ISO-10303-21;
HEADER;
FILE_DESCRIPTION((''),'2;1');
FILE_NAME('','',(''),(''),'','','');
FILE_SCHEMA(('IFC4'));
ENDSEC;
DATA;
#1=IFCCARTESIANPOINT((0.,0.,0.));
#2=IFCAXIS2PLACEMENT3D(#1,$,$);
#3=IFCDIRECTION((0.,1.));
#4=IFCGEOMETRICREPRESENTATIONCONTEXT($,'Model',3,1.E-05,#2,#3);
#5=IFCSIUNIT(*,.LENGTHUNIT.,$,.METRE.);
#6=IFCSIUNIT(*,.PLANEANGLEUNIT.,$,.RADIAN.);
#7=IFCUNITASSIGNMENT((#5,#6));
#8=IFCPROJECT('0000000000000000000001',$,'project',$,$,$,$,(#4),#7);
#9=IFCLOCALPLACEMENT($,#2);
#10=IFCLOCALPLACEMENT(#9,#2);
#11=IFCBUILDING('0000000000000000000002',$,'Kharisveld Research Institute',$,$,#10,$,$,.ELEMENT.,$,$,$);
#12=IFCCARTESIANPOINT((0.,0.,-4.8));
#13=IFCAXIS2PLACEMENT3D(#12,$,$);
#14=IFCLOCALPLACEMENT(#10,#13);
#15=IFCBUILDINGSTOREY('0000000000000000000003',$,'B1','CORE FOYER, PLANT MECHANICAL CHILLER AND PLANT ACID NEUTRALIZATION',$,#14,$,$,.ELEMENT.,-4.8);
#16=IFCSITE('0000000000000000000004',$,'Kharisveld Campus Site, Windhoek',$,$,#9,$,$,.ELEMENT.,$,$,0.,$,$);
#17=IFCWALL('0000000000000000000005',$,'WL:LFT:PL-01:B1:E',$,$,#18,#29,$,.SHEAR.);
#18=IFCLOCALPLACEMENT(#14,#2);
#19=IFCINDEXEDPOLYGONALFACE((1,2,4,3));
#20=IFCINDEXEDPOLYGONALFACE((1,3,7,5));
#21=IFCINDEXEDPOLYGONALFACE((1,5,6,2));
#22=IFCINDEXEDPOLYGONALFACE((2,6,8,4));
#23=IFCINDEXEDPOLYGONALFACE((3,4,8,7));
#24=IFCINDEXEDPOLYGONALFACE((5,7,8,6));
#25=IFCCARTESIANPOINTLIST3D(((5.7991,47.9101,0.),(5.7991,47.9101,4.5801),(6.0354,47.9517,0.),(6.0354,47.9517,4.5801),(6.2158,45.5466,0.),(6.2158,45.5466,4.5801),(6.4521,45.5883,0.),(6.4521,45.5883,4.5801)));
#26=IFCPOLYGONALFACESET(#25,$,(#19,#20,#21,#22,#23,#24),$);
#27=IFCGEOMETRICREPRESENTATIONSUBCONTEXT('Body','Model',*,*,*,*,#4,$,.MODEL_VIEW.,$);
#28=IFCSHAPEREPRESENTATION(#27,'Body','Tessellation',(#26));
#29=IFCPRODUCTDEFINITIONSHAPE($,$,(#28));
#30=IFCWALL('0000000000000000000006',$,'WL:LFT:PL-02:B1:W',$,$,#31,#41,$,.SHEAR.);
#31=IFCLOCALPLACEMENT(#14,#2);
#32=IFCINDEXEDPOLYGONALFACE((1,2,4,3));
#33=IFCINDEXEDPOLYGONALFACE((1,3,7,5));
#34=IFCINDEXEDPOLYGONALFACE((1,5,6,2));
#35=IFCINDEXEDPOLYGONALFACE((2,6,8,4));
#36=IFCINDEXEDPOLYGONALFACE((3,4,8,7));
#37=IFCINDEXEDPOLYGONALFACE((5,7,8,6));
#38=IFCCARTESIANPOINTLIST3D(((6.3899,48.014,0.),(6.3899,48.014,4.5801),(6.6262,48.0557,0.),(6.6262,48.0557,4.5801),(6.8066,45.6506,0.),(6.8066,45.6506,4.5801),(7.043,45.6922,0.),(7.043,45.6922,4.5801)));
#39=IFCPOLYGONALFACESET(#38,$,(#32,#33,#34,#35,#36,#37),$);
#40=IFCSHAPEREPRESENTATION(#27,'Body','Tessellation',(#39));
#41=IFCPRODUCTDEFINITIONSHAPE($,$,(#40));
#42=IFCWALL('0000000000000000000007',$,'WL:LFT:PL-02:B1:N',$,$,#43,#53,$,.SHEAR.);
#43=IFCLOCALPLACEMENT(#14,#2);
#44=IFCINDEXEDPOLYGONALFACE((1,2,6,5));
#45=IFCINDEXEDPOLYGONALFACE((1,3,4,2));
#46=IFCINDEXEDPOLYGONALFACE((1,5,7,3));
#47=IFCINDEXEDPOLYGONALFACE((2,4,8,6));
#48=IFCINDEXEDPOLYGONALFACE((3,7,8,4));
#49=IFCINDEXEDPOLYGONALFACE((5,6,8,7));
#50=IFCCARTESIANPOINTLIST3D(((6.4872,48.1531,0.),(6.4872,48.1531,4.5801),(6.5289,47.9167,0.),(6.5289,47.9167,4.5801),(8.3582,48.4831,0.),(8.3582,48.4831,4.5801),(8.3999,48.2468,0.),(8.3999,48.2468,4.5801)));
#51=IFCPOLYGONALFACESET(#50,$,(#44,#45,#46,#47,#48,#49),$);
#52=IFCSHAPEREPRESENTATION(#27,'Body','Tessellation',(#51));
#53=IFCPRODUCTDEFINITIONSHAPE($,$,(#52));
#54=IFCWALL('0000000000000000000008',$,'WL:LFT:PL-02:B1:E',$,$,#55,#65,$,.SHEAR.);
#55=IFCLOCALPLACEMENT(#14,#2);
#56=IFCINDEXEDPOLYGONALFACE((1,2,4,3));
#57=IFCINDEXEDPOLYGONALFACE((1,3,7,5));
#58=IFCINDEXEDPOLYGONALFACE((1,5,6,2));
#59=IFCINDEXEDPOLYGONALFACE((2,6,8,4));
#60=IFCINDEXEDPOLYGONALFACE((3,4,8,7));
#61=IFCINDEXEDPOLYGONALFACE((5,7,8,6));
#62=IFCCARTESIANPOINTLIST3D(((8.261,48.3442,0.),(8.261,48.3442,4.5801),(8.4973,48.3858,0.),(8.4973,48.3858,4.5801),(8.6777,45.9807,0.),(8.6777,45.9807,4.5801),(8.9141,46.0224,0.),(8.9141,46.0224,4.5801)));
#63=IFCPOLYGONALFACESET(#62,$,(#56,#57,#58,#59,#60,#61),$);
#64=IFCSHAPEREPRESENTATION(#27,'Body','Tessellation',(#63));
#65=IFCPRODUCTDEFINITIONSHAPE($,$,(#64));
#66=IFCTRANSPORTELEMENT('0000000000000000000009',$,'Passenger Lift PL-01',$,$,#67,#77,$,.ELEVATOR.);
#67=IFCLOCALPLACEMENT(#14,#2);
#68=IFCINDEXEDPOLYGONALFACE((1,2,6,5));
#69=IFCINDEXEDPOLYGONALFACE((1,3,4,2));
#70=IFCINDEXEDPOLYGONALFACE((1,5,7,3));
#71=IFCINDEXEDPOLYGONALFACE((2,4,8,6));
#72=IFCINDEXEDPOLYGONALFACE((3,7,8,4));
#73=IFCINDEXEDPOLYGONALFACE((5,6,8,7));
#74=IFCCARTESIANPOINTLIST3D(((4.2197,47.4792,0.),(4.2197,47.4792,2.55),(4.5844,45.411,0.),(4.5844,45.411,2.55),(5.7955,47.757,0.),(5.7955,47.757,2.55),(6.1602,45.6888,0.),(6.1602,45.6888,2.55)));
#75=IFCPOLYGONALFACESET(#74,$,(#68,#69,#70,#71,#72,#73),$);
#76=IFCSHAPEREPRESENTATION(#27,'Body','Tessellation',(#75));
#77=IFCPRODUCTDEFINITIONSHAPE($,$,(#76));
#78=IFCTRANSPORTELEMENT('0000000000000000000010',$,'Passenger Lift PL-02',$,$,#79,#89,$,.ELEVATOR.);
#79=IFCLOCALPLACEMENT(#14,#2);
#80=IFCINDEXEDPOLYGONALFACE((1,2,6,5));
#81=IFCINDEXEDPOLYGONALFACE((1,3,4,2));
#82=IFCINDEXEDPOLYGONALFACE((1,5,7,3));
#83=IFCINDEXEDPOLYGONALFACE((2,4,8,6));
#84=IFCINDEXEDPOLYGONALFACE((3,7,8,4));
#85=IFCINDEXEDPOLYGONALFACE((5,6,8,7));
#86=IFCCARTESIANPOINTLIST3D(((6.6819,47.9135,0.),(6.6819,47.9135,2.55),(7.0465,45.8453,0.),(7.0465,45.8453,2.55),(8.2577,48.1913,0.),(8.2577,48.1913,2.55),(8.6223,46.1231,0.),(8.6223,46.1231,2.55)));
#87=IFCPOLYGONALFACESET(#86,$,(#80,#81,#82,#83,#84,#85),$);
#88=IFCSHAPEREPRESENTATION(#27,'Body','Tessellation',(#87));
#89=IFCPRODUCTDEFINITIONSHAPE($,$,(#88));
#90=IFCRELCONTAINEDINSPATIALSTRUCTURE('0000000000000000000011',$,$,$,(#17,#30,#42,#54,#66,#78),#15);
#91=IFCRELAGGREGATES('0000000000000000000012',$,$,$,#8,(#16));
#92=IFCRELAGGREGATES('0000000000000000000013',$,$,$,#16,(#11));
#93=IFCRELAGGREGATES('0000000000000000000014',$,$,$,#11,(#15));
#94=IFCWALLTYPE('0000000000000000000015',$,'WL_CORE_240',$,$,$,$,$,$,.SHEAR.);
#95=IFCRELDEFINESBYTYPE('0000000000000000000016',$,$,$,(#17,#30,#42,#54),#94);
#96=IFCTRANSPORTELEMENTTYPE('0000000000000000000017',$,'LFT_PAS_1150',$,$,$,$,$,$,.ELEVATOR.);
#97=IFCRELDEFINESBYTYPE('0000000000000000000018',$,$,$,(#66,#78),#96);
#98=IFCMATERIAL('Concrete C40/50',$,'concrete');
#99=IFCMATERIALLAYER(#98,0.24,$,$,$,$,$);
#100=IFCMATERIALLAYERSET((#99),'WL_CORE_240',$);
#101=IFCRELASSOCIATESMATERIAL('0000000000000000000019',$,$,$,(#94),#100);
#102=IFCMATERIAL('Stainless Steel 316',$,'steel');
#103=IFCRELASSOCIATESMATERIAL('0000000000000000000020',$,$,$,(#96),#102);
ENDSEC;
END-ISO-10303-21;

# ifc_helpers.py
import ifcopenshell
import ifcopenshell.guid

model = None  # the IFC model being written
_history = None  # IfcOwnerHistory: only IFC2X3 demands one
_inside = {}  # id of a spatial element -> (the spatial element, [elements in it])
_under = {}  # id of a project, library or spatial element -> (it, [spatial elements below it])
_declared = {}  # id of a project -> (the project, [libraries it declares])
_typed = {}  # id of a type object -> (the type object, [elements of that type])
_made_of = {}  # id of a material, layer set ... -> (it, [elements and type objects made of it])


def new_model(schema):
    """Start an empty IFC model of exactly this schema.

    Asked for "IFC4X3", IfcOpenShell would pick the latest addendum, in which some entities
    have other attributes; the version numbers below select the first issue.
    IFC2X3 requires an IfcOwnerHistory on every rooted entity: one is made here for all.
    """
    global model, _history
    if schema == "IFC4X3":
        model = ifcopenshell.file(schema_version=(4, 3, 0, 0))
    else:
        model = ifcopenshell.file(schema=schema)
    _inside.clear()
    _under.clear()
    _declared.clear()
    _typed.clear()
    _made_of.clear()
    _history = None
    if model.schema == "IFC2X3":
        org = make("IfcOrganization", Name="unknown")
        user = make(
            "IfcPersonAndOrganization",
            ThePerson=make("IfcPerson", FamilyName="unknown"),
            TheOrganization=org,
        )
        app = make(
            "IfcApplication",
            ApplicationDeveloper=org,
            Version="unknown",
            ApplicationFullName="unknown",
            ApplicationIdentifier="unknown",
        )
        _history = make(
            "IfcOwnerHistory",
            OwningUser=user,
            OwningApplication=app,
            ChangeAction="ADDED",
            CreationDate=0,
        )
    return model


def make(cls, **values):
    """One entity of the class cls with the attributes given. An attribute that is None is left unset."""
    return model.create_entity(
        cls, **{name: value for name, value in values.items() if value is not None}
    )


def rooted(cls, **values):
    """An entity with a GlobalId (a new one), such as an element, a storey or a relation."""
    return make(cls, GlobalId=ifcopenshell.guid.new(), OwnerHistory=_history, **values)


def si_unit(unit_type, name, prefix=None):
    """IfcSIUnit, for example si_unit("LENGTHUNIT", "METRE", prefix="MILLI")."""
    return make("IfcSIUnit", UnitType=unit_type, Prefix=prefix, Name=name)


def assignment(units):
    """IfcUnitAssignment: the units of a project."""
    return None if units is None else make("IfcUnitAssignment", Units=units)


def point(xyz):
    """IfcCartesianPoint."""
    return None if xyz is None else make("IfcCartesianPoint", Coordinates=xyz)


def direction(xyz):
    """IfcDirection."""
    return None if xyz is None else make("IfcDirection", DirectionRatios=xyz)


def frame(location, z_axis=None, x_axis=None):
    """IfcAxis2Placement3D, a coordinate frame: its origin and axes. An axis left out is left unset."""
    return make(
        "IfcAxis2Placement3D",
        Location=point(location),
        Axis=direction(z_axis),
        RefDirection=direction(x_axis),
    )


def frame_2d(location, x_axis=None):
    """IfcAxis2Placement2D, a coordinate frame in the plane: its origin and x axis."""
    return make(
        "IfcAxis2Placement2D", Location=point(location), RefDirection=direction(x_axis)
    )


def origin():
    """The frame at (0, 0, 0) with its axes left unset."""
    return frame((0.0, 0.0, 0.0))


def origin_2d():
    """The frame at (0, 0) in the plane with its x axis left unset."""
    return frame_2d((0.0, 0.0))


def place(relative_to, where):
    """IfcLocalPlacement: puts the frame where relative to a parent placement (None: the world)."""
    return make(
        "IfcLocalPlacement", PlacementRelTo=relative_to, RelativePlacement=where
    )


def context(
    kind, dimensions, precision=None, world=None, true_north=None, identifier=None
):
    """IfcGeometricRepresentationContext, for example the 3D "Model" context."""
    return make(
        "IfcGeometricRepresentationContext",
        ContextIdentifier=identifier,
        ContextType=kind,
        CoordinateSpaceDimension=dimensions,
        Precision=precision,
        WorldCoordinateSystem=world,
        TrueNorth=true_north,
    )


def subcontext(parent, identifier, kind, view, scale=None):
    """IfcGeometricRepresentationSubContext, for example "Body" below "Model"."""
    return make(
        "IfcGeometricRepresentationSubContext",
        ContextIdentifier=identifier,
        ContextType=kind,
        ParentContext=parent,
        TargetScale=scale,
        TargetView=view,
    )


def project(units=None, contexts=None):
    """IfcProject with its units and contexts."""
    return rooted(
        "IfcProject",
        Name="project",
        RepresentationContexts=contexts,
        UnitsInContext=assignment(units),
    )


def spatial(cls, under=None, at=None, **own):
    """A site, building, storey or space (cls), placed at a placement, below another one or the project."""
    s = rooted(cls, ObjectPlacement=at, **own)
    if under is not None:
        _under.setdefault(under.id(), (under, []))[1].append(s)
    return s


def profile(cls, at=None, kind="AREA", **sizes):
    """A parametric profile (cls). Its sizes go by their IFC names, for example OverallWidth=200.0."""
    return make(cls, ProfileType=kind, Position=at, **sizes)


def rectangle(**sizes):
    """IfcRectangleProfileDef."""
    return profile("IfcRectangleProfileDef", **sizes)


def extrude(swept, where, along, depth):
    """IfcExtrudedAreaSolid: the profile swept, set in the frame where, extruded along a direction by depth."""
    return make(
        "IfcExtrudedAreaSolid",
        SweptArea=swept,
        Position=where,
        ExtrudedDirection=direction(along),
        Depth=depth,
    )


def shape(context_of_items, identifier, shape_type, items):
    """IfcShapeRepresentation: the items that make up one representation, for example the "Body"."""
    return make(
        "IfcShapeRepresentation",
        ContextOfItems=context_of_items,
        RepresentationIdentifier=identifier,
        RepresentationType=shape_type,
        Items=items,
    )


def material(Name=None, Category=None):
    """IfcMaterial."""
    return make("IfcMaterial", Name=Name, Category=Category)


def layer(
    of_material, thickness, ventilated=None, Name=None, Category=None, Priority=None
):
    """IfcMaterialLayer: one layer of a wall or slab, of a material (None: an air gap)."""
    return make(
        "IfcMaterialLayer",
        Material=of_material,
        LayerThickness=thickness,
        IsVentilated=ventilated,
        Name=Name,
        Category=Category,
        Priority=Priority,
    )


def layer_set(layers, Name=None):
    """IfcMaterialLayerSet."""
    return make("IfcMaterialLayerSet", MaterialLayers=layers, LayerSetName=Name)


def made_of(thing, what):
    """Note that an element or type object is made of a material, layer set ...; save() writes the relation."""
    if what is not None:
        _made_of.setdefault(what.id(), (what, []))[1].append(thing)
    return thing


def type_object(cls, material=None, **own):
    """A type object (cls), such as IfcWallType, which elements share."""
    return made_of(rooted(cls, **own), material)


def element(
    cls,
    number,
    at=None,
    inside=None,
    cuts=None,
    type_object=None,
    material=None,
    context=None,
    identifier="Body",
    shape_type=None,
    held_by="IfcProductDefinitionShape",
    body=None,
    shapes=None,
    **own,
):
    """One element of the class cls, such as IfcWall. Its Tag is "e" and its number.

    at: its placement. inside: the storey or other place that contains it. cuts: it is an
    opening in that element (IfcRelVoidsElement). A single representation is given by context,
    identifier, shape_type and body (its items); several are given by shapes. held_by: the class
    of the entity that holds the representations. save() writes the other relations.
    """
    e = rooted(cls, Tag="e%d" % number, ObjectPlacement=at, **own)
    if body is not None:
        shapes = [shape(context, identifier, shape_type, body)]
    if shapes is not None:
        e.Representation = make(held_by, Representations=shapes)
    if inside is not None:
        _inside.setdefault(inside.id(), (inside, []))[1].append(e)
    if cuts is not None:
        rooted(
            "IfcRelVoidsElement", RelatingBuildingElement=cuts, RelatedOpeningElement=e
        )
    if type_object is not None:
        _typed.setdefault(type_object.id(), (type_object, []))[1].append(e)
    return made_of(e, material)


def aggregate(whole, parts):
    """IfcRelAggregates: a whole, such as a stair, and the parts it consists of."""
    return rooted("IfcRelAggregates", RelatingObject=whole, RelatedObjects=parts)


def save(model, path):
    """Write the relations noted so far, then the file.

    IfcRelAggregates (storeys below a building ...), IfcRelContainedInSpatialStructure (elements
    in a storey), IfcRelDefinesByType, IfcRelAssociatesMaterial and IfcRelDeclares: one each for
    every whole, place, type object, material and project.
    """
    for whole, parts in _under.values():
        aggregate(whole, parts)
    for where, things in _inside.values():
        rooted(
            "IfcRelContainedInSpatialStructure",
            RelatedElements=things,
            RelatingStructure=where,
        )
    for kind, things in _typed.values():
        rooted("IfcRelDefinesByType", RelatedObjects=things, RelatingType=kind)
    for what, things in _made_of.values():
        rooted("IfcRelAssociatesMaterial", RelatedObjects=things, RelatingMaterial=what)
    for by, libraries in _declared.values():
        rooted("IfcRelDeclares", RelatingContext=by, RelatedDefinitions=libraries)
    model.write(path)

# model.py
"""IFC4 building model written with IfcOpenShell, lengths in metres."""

from ifc_helpers import new_model, si_unit, direction, frame, frame_2d, origin, origin_2d, place, context, subcontext, project, spatial, rectangle, extrude, material, layer, layer_set, type_object, element, save


model = new_model("IFC4")

# Units and contexts
model_context = context("Model", 3, precision=1e-05, world=origin(), true_north=direction((0.0, 1.0)))
body_context = subcontext(model_context, "Body", "Model", "MODEL_VIEW")
ifc_project = project(units=[si_unit("LENGTHUNIT", "METRE"), si_unit("PLANEANGLEUNIT", "RADIAN")], contexts=[model_context])

# Site, building, storey
site_placement = place(None, origin())
site = spatial("IfcSite", under=ifc_project, at=site_placement, Name="Kharisveld Campus Site, Windhoek", CompositionType="ELEMENT", RefElevation=0.0)
building_placement = place(site_placement, origin())
building = spatial("IfcBuilding", under=site, at=building_placement, Name="Kharisveld Research Institute", CompositionType="ELEMENT")
storey_placement = place(building_placement, frame((0.0, 0.0, -4.8)))
storey = spatial("IfcBuildingStorey", under=building, at=storey_placement, Name="B1", Description="CORE FOYER, PLANT MECHANICAL CHILLER AND PLANT ACID NEUTRALIZATION", CompositionType="ELEMENT", Elevation=-4.8)

# Wall
ifc_material_1 = material(Name="Concrete C40/50", Category="concrete")
ifc_layer_1 = layer(ifc_material_1, 0.24)
ifc_layer_set_1 = layer_set([ifc_layer_1], Name="WL_CORE_240")
wall_type_1 = type_object("IfcWallType", Name="WL_CORE_240", PredefinedType="SHEAR", material=ifc_layer_set_1)
wall_1_placement = place(storey_placement, frame((5.9172, 47.9309, 0.0), z_axis=(0.0, 0.0, 1.0), x_axis=(0.173646, -0.984808, 0.0)))
element("IfcWall", 1, at=wall_1_placement, inside=storey, type_object=wall_type_1, Name="WL:LFT:PL-01:B1:E", PredefinedType="SHEAR", context=body_context, shape_type="SweptSolid", body=[
    extrude(rectangle(XDim=2.3999, YDim=0.24, at=frame_2d((1.2, 0.0))), origin(), (0.0, 0.0, 1.0), 4.5801),
])

# Walls
wall_2_placement = place(storey_placement, frame((6.9248, 45.6714, 0.0), z_axis=(0.0, 0.0, 1.0), x_axis=(-0.173646, 0.984808, 0.0)))
element("IfcWall", 2, at=wall_2_placement, inside=storey, type_object=wall_type_1, Name="WL:LFT:PL-02:B1:W", PredefinedType="SHEAR", context=body_context, shape_type="SweptSolid", body=[
    extrude(rectangle(XDim=2.3999, YDim=0.24, at=frame_2d((1.2, 0.0))), origin(), (0.0, 0.0, 1.0), 4.5801),
])
wall_3_placement = place(storey_placement, frame((6.5081, 48.0349, 0.0), z_axis=(0.0, 0.0, 1.0), x_axis=(0.984794, 0.173727, 0.0)))
element("IfcWall", 3, at=wall_3_placement, inside=storey, type_object=wall_type_1, Name="WL:LFT:PL-02:B1:N", PredefinedType="SHEAR", context=body_context, shape_type="SweptSolid", body=[
    extrude(rectangle(XDim=1.8999, YDim=0.24, at=frame_2d((0.95, 0.0))), origin(), (0.0, 0.0, 1.0), 4.5801),
])
wall_4_placement = place(storey_placement, frame((8.3792, 48.365, 0.0), z_axis=(0.0, 0.0, 1.0), x_axis=(0.173646, -0.984808, 0.0)))
element("IfcWall", 4, at=wall_4_placement, inside=storey, type_object=wall_type_1, Name="WL:LFT:PL-02:B1:E", PredefinedType="SHEAR", context=body_context, shape_type="SweptSolid", body=[
    extrude(rectangle(XDim=2.3999, YDim=0.24, at=frame_2d((1.2, 0.0))), origin(), (0.0, 0.0, 1.0), 4.5801),
])

# Transport elements
ifc_material_2 = material(Name="Stainless Steel 316", Category="steel")
transport_element_type = type_object("IfcTransportElementType", Name="LFT_PAS_1150", PredefinedType="ELEVATOR", material=ifc_material_2)
for number, where, z_axis, x_axis, name in (
    (5, (5.1899, 46.584, 0.0), (0.0, 0.0, 1.0), (0.984808, 0.173648, 0.0), "Passenger Lift PL-01"),
    (6, (7.6521, 47.0183, 0.0), (0.0, 0.0, 1.0), (0.984808, 0.173648, 0.0), "Passenger Lift PL-02"),
):
    element("IfcTransportElement", number, at=place(storey_placement, frame(where, z_axis=z_axis, x_axis=x_axis)), inside=storey, type_object=transport_element_type, Name=name, PredefinedType="ELEVATOR", context=body_context, shape_type="SweptSolid", body=[
        extrude(rectangle(XDim=1.6001, YDim=2.1001, at=origin_2d()), origin(), (0.0, 0.0, 1.0), 2.55),
    ])

save(model, "model.ifc")
